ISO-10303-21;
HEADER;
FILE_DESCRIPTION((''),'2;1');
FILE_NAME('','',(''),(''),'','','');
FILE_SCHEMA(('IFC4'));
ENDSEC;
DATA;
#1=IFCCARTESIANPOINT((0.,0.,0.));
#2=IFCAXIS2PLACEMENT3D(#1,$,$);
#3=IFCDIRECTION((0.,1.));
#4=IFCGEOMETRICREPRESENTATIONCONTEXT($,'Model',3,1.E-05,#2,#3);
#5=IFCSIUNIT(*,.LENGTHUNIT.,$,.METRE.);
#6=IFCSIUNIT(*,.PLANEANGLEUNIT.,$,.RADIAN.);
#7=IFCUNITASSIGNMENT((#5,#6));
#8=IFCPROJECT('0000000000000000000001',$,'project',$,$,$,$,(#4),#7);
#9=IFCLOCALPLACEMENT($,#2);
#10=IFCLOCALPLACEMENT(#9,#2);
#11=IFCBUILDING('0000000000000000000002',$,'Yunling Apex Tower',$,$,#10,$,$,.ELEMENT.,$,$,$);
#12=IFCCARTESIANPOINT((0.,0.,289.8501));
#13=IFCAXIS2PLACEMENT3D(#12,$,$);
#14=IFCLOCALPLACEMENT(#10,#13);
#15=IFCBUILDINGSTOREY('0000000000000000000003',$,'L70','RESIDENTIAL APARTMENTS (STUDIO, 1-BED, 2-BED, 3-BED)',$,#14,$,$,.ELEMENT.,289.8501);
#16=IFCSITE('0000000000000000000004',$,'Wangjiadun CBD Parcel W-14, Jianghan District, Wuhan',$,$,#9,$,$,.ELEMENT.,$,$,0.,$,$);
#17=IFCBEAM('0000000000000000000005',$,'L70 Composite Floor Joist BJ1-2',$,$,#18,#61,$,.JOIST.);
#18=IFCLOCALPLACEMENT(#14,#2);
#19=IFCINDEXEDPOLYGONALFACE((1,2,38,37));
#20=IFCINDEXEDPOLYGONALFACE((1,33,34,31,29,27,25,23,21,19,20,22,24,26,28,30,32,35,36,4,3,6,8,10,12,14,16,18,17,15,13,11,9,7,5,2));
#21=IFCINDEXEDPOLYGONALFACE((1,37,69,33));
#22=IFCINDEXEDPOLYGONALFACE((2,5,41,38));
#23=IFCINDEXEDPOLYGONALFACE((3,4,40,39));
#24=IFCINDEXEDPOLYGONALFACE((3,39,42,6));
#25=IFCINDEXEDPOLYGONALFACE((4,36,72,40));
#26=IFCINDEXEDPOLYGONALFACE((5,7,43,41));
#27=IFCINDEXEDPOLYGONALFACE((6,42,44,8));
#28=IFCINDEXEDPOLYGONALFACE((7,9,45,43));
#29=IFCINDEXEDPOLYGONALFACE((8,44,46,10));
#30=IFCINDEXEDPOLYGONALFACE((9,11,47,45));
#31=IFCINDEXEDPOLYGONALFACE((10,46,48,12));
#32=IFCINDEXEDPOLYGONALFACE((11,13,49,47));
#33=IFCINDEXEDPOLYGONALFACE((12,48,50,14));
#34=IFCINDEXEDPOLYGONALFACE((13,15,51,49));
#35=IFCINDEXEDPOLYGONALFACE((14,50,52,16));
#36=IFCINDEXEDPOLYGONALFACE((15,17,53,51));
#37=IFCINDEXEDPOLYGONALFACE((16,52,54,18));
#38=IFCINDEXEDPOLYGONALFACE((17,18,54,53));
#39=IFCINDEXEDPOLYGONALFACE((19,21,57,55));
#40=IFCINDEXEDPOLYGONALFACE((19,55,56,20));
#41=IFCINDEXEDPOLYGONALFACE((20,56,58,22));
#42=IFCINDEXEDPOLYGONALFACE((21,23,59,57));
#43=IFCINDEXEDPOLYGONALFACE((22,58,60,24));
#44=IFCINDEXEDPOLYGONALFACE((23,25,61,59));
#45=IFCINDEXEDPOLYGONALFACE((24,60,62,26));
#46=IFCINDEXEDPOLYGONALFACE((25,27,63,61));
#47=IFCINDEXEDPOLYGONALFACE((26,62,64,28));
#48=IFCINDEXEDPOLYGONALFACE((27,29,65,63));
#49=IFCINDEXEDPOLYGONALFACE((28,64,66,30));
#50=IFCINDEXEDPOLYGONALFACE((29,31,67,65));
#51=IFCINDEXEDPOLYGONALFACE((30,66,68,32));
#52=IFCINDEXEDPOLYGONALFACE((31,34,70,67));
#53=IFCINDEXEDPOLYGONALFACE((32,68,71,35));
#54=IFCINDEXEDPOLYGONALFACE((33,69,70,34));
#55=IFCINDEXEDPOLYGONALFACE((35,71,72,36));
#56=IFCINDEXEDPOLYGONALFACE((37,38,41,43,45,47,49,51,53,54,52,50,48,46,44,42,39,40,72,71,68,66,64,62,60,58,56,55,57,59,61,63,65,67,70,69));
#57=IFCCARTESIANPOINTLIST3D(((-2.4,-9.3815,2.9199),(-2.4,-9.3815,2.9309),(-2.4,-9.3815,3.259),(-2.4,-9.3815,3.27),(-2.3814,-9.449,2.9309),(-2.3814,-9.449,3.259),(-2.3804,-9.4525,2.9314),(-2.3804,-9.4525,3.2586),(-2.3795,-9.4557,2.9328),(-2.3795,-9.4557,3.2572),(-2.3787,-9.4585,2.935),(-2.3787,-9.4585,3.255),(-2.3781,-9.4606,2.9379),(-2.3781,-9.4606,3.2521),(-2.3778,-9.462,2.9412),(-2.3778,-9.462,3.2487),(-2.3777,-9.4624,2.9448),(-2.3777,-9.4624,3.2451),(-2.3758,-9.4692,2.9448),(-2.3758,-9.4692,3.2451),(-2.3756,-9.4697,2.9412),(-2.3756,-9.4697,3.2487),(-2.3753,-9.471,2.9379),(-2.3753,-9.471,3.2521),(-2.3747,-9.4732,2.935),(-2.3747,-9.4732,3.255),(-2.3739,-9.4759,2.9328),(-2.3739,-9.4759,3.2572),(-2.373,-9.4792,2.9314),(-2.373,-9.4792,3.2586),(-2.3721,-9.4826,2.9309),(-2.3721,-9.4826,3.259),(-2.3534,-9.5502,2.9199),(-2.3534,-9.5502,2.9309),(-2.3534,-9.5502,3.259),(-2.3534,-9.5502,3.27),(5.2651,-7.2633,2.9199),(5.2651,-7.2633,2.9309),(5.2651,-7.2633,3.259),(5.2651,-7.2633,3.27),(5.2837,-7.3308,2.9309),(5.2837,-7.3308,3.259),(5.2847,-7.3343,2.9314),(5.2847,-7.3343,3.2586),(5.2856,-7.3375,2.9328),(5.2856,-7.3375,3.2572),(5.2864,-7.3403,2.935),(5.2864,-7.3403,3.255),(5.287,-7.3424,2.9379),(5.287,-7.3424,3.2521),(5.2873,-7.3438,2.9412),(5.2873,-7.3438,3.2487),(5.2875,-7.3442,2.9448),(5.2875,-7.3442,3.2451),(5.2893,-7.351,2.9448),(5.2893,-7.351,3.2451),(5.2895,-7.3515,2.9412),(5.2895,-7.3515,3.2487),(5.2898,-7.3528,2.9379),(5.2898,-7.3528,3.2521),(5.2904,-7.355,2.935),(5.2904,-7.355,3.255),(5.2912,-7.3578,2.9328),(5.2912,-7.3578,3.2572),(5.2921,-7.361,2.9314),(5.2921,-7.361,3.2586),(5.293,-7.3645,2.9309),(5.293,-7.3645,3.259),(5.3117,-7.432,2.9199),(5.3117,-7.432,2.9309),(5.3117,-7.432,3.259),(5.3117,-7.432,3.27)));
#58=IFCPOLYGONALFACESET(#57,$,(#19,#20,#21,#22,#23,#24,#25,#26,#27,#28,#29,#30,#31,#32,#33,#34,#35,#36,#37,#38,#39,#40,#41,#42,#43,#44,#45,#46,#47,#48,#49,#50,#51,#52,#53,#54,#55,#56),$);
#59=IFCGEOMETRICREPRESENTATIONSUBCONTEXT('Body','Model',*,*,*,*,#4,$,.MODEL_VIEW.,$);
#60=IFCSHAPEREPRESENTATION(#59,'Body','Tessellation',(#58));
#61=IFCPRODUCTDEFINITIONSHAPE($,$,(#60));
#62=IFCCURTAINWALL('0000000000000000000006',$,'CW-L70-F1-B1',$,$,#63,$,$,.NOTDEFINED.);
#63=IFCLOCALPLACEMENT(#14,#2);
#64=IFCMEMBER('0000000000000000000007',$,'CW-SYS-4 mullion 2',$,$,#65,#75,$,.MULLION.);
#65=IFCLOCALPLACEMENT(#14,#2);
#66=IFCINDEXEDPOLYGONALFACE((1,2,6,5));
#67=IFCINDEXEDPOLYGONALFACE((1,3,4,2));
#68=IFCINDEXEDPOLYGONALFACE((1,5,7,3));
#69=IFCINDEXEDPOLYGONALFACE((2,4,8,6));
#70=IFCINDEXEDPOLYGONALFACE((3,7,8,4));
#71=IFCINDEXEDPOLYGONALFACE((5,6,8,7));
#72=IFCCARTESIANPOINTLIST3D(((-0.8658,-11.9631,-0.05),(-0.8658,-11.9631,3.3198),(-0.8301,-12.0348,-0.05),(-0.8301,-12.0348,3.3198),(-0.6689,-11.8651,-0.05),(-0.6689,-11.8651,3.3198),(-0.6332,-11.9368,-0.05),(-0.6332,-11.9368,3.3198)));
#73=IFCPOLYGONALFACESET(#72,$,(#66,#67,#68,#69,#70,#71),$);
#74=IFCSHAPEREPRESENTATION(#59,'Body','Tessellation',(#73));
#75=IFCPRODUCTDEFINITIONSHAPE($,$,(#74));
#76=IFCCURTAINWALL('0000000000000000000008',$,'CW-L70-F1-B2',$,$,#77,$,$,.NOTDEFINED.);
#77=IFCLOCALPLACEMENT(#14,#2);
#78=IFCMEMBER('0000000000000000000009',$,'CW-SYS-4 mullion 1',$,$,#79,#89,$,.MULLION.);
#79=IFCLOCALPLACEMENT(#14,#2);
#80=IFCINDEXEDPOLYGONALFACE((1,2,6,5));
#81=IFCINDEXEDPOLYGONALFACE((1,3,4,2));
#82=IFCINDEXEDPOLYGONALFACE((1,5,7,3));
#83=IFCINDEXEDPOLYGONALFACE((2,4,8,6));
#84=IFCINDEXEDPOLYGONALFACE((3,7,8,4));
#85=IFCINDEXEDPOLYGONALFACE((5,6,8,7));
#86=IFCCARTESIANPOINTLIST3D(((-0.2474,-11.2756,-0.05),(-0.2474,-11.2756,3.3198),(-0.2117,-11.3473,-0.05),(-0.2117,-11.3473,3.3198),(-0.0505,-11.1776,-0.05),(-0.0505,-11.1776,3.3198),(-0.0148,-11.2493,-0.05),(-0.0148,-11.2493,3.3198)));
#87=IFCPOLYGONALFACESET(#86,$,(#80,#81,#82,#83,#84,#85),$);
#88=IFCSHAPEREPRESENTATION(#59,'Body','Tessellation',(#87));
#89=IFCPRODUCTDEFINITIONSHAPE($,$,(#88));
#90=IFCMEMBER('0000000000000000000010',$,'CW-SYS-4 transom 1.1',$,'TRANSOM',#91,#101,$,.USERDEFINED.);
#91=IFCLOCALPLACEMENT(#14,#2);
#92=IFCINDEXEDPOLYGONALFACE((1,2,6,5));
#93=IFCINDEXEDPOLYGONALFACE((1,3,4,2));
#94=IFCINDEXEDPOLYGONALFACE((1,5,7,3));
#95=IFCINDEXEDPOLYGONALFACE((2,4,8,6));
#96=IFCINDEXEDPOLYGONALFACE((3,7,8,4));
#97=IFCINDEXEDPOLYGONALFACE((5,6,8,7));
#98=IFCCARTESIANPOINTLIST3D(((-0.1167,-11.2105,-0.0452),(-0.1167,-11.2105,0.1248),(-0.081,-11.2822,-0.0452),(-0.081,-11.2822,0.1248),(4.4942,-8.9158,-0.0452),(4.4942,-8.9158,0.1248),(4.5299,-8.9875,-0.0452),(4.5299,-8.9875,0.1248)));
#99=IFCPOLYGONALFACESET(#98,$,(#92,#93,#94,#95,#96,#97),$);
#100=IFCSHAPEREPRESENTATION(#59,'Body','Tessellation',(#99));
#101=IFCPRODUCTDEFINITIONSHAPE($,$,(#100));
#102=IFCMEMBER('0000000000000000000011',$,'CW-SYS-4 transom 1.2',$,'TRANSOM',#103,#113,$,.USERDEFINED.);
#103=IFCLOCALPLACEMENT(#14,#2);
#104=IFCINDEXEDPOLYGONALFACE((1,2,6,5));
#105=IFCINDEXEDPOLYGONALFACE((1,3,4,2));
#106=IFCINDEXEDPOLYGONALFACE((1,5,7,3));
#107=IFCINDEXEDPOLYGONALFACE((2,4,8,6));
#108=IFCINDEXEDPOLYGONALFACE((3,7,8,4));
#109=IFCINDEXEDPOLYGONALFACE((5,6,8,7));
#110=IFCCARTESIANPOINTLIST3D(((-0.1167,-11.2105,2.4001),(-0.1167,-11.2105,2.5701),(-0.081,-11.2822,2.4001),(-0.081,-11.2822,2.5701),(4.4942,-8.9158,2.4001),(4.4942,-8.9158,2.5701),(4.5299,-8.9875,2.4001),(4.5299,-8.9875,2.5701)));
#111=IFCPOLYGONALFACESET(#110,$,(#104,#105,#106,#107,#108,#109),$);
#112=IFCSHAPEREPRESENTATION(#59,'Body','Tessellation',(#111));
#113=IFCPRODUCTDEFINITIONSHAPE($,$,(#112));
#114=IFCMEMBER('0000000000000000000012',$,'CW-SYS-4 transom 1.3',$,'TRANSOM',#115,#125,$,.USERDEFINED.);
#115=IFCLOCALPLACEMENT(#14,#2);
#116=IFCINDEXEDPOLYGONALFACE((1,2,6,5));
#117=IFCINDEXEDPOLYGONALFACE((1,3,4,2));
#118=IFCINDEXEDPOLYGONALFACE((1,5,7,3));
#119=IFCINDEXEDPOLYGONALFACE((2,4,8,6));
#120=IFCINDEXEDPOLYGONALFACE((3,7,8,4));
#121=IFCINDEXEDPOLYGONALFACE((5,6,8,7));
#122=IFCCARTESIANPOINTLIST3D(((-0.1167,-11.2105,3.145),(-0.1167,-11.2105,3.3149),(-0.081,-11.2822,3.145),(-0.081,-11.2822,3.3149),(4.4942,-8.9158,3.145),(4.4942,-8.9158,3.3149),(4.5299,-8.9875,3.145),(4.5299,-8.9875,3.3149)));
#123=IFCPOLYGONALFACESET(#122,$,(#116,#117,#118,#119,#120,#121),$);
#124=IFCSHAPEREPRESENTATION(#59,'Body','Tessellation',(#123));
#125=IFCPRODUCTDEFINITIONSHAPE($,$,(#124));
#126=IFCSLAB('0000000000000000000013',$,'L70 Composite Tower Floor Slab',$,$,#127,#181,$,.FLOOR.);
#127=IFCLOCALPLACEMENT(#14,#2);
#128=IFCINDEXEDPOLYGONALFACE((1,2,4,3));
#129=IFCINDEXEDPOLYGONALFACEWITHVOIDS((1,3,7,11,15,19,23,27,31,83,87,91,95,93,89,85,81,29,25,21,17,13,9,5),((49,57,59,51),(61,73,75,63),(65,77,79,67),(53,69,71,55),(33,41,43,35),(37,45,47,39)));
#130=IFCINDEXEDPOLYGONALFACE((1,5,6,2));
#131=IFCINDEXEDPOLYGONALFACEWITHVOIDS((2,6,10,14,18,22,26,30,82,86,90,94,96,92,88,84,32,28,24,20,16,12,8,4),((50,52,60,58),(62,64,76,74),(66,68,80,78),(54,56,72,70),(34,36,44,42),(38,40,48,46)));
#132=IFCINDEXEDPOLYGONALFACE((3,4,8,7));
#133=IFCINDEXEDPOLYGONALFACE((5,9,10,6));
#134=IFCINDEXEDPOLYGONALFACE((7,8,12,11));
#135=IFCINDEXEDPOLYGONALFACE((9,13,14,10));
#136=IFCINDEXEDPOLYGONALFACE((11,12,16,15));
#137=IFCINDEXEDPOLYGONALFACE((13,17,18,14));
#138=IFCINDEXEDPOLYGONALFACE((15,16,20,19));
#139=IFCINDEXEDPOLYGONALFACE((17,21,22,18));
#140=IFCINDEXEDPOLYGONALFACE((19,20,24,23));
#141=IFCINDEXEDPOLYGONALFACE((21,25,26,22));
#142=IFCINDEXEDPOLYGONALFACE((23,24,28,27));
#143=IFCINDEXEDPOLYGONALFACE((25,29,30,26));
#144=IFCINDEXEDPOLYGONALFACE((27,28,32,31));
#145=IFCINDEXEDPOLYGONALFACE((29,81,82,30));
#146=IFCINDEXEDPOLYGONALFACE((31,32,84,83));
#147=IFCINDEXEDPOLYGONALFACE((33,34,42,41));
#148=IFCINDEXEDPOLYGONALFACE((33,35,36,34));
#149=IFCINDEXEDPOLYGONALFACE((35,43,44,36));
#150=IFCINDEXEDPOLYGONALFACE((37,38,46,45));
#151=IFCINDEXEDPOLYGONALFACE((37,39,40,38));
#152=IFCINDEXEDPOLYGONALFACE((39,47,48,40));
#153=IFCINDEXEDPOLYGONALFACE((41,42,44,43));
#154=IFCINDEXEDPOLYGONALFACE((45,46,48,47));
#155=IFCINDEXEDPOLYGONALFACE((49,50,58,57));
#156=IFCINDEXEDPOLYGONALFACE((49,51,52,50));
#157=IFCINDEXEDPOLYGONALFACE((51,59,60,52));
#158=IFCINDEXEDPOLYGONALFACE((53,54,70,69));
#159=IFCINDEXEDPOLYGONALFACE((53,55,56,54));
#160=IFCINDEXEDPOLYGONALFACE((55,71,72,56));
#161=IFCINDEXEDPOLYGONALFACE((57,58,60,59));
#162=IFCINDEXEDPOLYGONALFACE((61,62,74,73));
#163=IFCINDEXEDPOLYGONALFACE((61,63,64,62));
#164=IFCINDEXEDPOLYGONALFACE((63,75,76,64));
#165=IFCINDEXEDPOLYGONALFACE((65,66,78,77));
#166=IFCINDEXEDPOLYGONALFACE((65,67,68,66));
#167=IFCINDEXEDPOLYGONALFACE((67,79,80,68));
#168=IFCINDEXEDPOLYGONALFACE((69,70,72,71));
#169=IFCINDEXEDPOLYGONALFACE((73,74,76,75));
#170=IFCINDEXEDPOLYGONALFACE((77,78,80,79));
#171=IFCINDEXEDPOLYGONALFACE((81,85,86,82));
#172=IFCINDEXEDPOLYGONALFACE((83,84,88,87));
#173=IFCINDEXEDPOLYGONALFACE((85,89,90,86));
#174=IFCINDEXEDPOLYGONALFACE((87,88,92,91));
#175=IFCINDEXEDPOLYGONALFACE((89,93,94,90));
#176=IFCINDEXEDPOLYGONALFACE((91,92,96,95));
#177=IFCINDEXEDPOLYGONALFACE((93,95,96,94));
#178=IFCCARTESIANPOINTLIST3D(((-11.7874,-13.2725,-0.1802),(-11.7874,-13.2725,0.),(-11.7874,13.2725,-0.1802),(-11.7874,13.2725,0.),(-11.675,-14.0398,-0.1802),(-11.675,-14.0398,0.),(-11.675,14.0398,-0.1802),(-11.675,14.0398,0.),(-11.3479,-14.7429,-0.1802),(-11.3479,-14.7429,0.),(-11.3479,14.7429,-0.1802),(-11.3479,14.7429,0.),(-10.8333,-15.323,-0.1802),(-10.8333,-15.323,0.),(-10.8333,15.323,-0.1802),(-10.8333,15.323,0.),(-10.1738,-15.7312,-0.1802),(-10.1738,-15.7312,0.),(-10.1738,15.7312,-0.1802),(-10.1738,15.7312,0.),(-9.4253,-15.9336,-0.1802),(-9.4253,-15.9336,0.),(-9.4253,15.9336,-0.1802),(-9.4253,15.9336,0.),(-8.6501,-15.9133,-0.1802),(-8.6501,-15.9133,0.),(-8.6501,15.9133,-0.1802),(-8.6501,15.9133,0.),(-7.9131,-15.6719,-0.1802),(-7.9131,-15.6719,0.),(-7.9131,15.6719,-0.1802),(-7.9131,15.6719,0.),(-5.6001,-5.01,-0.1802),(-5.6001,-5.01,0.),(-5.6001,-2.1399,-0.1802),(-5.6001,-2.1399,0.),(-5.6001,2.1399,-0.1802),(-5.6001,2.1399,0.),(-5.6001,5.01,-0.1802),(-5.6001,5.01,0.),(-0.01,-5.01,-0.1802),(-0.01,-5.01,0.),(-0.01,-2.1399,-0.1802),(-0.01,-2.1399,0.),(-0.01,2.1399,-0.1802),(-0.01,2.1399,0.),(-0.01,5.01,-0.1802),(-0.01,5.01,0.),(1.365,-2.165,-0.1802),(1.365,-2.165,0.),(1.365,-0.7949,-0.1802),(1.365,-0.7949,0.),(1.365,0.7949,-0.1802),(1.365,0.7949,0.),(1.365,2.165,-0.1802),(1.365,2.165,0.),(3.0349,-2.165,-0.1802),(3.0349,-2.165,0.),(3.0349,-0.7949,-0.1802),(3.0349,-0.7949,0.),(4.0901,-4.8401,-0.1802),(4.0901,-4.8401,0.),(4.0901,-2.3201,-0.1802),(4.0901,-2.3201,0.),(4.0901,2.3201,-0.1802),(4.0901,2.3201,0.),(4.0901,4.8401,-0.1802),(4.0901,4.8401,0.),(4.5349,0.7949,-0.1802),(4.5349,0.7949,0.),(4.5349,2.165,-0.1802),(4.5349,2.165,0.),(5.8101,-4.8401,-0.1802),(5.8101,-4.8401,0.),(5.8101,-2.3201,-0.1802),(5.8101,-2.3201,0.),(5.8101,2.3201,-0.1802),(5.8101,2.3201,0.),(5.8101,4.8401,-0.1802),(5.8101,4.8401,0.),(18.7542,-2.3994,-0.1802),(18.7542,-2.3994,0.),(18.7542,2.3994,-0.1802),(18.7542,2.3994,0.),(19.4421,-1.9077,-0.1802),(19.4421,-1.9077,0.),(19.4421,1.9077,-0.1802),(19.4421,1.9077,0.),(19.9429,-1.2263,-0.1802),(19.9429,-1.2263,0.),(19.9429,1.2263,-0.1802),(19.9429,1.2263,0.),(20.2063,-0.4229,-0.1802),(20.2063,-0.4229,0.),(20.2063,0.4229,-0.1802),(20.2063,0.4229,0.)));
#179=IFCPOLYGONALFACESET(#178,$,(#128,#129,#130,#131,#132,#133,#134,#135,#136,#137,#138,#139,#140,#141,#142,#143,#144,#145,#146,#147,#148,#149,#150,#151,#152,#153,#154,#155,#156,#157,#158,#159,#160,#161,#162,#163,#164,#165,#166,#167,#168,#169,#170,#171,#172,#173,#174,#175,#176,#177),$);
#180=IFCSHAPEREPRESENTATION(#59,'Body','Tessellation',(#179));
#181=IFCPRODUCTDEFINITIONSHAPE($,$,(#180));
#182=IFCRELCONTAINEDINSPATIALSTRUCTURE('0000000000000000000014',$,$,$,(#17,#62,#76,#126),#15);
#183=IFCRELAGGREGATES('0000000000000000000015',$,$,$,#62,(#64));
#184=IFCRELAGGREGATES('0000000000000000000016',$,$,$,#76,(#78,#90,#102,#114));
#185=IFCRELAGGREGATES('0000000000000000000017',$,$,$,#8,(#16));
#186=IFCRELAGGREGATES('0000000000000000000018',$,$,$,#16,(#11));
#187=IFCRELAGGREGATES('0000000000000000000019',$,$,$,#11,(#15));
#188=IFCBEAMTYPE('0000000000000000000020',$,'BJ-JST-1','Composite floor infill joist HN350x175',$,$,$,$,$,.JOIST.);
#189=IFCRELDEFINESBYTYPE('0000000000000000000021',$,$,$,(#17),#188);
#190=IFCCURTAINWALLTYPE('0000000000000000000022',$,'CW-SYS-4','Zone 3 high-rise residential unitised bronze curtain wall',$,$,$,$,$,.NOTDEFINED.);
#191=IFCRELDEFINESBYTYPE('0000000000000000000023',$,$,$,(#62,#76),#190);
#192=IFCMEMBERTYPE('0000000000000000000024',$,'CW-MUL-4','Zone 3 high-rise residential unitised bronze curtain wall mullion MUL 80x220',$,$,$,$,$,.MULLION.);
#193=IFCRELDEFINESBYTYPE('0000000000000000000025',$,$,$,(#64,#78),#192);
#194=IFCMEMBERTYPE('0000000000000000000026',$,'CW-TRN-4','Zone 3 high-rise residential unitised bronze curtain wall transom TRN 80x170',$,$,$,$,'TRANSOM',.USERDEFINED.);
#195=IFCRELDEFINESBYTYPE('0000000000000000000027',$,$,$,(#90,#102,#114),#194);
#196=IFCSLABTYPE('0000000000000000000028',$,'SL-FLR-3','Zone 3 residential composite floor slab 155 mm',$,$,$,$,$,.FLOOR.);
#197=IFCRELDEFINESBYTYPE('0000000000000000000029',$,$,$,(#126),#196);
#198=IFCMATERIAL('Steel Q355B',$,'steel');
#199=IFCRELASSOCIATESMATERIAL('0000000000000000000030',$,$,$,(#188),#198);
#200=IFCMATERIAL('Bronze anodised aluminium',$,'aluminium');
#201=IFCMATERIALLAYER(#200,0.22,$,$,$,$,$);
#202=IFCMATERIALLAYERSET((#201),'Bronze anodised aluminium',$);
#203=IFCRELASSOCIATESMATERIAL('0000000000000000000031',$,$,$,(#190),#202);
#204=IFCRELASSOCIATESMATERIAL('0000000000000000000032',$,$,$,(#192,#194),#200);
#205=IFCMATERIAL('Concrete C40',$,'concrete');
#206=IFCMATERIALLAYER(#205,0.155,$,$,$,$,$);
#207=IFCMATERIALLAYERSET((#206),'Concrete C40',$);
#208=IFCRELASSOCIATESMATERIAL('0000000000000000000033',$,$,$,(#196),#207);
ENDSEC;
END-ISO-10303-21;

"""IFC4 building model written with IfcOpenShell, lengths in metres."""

from ifc_helpers import new_model, si_unit, direction, frame, origin, origin_2d, place, context, subcontext, project, spatial, polyline, rectangle, i_section, outline, extrude, source, transform, mapped, material, layer, layer_set, material_profile, profile_set, type_object, element, aggregate, save


model = new_model("IFC4")

# Units and contexts
model_context = context("Model", 3, precision=1e-05, world=origin(), true_north=direction((0.0, 1.0)))
body_context = subcontext(model_context, "Body", "Model", "MODEL_VIEW")
ifc_project = project(units=[si_unit("LENGTHUNIT", "METRE"), si_unit("PLANEANGLEUNIT", "RADIAN")], contexts=[model_context])

# Site, building, storey
site_placement = place(None, origin())
site = spatial("IfcSite", under=ifc_project, at=site_placement, Name="Wangjiadun CBD Parcel W-14, Jianghan District, Wuhan", CompositionType="ELEMENT", RefElevation=0.0)
building_placement = place(site_placement, origin())
building = spatial("IfcBuilding", under=site, at=building_placement, Name="Yunling Apex Tower", CompositionType="ELEMENT")
storey_placement = place(building_placement, frame((0.0, 0.0, 289.8501)))
storey = spatial("IfcBuildingStorey", under=building, at=storey_placement, Name="L70", Description="RESIDENTIAL APARTMENTS (STUDIO, 1-BED, 2-BED, 3-BED)", CompositionType="ELEMENT", Elevation=289.8501)

# Shared definitions
ifc_material_1 = material(Name="Steel Q355B", Category="steel")

# Beam
ifc_material_profile_1 = material_profile(ifc_material_1, i_section(OverallWidth=0.175, OverallDepth=0.3501, WebThickness=0.0071, FlangeThickness=0.011, FilletRadius=0.0139, at=origin_2d()))
ifc_profile_set_1 = profile_set([ifc_material_profile_1], Name="Steel Q355B")
beam_type_1 = type_object("IfcBeamType", Name="BJ-JST-1", Description="Composite floor infill joist HN350x175", PredefinedType="JOIST", material=ifc_profile_set_1)
shared_shape_1 = source(origin(), body_context, "Body", "SweptSolid", [
    extrude(i_section(OverallWidth=0.175, OverallDepth=0.3501, WebThickness=0.0071, FlangeThickness=0.011, FilletRadius=0.0139, at=origin_2d()), origin(), (0.0, 0.0, 1.0), 7.9524),
])
beam_1_placement = place(storey_placement, frame((-2.3767, -9.4658, 3.095), z_axis=(0.963874, 0.266358, 0.0), x_axis=(-0.266358, 0.963874, 0.0)))
element("IfcBeam", 1, at=beam_1_placement, inside=storey, type_object=beam_type_1, Name="L70 Composite Floor Joist BJ1-2", PredefinedType="JOIST", context=body_context, shape_type="MappedRepresentation", body=[
    mapped(shared_shape_1, transform((0.0, 0.0, 0.0), scale=1.0)),
])

# Curtain wall, member
ifc_material_2 = material(Name="Bronze anodised aluminium", Category="aluminium")
ifc_layer_1 = layer(ifc_material_2, 0.22)
ifc_layer_set_1 = layer_set([ifc_layer_1], Name="Bronze anodised aluminium")
curtain_wall_type = type_object("IfcCurtainWallType", Name="CW-SYS-4", Description="Zone 3 high-rise residential unitised bronze curtain wall", PredefinedType="NOTDEFINED", material=ifc_layer_set_1)
curtain_wall_1_placement = place(storey_placement, origin())
curtain_wall_1 = element("IfcCurtainWall", 2, at=curtain_wall_1_placement, inside=storey, type_object=curtain_wall_type, Name="CW-L70-F1-B1", PredefinedType="NOTDEFINED")
ifc_material_profile_2 = material_profile(ifc_material_2, rectangle(XDim=0.0801, YDim=0.22, at=origin_2d()))
ifc_profile_set_2 = profile_set([ifc_material_profile_2], Name="Bronze anodised aluminium")
member_type_1 = type_object("IfcMemberType", Name="CW-MUL-4", Description="Zone 3 high-rise residential unitised bronze curtain wall mullion MUL 80x220", PredefinedType="MULLION", material=ifc_profile_set_2)
shared_shape_2 = source(origin(), body_context, "Body", "SweptSolid", [
    extrude(rectangle(XDim=0.0801, YDim=0.22, at=origin_2d()), origin(), (0.0, 0.0, 1.0), 3.3699),
])
member_1_placement = place(storey_placement, frame((-0.7495, -11.95, -0.05), z_axis=(0.0, 0.0, 1.0), x_axis=(-0.445568, 0.895248, 0.0)))
member_1 = element("IfcMember", 3, at=member_1_placement, type_object=member_type_1, Name="CW-SYS-4 mullion 2", PredefinedType="MULLION", context=body_context, shape_type="MappedRepresentation", body=[
    mapped(shared_shape_2, transform((0.0, 0.0, 0.0), scale=1.0)),
])
aggregate(curtain_wall_1, [member_1])

# Curtain wall, members
curtain_wall_2_placement = place(storey_placement, origin())
curtain_wall_2 = element("IfcCurtainWall", 4, at=curtain_wall_2_placement, inside=storey, type_object=curtain_wall_type, Name="CW-L70-F1-B2", PredefinedType="NOTDEFINED")
member_2_placement = place(storey_placement, frame((-0.1311, -11.2625, -0.05), z_axis=(0.0, 0.0, 1.0), x_axis=(-0.445561, 0.895252, 0.0)))
member_2 = element("IfcMember", 5, at=member_2_placement, type_object=member_type_1, Name="CW-SYS-4 mullion 1", PredefinedType="MULLION", context=body_context, shape_type="MappedRepresentation", body=[
    mapped(shared_shape_2, transform((0.0, 0.0, 0.0), scale=1.0)),
])
ifc_material_profile_3 = material_profile(ifc_material_2, rectangle(XDim=0.0801, YDim=0.1699, at=origin_2d()))
ifc_profile_set_3 = profile_set([ifc_material_profile_3], Name="Bronze anodised aluminium")
member_type_2 = type_object("IfcMemberType", Name="CW-TRN-4", Description="Zone 3 high-rise residential unitised bronze curtain wall transom TRN 80x170", ElementType="TRANSOM", PredefinedType="USERDEFINED", material=ifc_profile_set_3)
shared_shape_3 = source(origin(), body_context, "Body", "SweptSolid", [
    extrude(rectangle(XDim=0.0801, YDim=0.1699, at=origin_2d()), origin(), (0.0, 0.0, 1.0), 5.1504),
])
member_3_placement = place(storey_placement, frame((-0.0989, -11.2463, 0.0398), z_axis=(0.89526, 0.445544, 0.0), x_axis=(-0.445544, 0.89526, 0.0)))
member_3 = element("IfcMember", 6, at=member_3_placement, type_object=member_type_2, Name="CW-SYS-4 transom 1.1", ObjectType="TRANSOM", PredefinedType="USERDEFINED", context=body_context, shape_type="MappedRepresentation", body=[
    mapped(shared_shape_3, transform((0.0, 0.0, 0.0), scale=1.0)),
])
member_4_placement = place(storey_placement, frame((-0.0989, -11.2463, 2.4851), z_axis=(0.89526, 0.445544, 0.0), x_axis=(-0.445544, 0.89526, 0.0)))
member_4 = element("IfcMember", 7, at=member_4_placement, type_object=member_type_2, Name="CW-SYS-4 transom 1.2", ObjectType="TRANSOM", PredefinedType="USERDEFINED", context=body_context, shape_type="MappedRepresentation", body=[
    mapped(shared_shape_3, transform((0.0, 0.0, 0.0), scale=1.0)),
])
member_5_placement = place(storey_placement, frame((-0.0989, -11.2463, 3.23), z_axis=(0.89526, 0.445544, 0.0), x_axis=(-0.445544, 0.89526, 0.0)))
member_5 = element("IfcMember", 8, at=member_5_placement, type_object=member_type_2, Name="CW-SYS-4 transom 1.3", ObjectType="TRANSOM", PredefinedType="USERDEFINED", context=body_context, shape_type="MappedRepresentation", body=[
    mapped(shared_shape_3, transform((0.0, 0.0, 0.0), scale=1.0)),
])

# Slab
ifc_material_3 = material(Name="Concrete C40", Category="concrete")
ifc_layer_2 = layer(ifc_material_3, 0.155)
ifc_layer_set_2 = layer_set([ifc_layer_2], Name="Concrete C40")
slab_type = type_object("IfcSlabType", Name="SL-FLR-3", Description="Zone 3 residential composite floor slab 155 mm", PredefinedType="FLOOR", material=ifc_layer_set_2)
slab_placement = place(storey_placement, frame((0.0, 0.0, -0.1802)))
element("IfcSlab", 9, at=slab_placement, inside=storey, type_object=slab_type, Name="L70 Composite Tower Floor Slab", PredefinedType="FLOOR", context=body_context, shape_type="SweptSolid", body=[
    extrude(outline(polyline([(-11.7874, -13.2725), (-11.675, -14.0398), (-11.3479, -14.7429), (-10.8333, -15.323), (-10.1738, -15.7312), (-9.4253, -15.9336), (-8.6501, -15.9133), (-7.9131, -15.6719), (18.7542, -2.3994), (19.4421, -1.9077), (19.9429, -1.2263), (20.2063, -0.4229), (20.2063, 0.4229), (19.9429, 1.2263), (19.4421, 1.9077), (18.7542, 2.3994), (-7.9131, 15.6719), (-8.6501, 15.9133), (-9.4253, 15.9336), (-10.1738, 15.7312), (-10.8333, 15.323), (-11.3479, 14.7429), (-11.675, 14.0398), (-11.7874, 13.2725), (-11.7874, -13.2725)]), holes=[polyline([(4.0901, 4.8401), (5.8101, 4.8401), (5.8101, 2.3201), (4.0901, 2.3201), (4.0901, 4.8401)]), polyline([(4.0901, -4.8401), (4.0901, -2.3201), (5.8101, -2.3201), (5.8101, -4.8401), (4.0901, -4.8401)]), polyline([(4.5349, 0.7949), (1.365, 0.7949), (1.365, 2.165), (4.5349, 2.165), (4.5349, 0.7949)]), polyline([(1.365, -0.7949), (3.0349, -0.7949), (3.0349, -2.165), (1.365, -2.165), (1.365, -0.7949)]), polyline([(-0.01, -5.01), (-5.6001, -5.01), (-5.6001, -2.1399), (-0.01, -2.1399), (-0.01, -5.01)]), polyline([(-0.01, 2.1399), (-5.6001, 2.1399), (-5.6001, 5.01), (-0.01, 5.01), (-0.01, 2.1399)])]), origin(), (0.0, 0.0, 1.0), 0.1802),
])

aggregate(curtain_wall_2, [member_2, member_3, member_4, member_5])

save(model, "model.ifc")
